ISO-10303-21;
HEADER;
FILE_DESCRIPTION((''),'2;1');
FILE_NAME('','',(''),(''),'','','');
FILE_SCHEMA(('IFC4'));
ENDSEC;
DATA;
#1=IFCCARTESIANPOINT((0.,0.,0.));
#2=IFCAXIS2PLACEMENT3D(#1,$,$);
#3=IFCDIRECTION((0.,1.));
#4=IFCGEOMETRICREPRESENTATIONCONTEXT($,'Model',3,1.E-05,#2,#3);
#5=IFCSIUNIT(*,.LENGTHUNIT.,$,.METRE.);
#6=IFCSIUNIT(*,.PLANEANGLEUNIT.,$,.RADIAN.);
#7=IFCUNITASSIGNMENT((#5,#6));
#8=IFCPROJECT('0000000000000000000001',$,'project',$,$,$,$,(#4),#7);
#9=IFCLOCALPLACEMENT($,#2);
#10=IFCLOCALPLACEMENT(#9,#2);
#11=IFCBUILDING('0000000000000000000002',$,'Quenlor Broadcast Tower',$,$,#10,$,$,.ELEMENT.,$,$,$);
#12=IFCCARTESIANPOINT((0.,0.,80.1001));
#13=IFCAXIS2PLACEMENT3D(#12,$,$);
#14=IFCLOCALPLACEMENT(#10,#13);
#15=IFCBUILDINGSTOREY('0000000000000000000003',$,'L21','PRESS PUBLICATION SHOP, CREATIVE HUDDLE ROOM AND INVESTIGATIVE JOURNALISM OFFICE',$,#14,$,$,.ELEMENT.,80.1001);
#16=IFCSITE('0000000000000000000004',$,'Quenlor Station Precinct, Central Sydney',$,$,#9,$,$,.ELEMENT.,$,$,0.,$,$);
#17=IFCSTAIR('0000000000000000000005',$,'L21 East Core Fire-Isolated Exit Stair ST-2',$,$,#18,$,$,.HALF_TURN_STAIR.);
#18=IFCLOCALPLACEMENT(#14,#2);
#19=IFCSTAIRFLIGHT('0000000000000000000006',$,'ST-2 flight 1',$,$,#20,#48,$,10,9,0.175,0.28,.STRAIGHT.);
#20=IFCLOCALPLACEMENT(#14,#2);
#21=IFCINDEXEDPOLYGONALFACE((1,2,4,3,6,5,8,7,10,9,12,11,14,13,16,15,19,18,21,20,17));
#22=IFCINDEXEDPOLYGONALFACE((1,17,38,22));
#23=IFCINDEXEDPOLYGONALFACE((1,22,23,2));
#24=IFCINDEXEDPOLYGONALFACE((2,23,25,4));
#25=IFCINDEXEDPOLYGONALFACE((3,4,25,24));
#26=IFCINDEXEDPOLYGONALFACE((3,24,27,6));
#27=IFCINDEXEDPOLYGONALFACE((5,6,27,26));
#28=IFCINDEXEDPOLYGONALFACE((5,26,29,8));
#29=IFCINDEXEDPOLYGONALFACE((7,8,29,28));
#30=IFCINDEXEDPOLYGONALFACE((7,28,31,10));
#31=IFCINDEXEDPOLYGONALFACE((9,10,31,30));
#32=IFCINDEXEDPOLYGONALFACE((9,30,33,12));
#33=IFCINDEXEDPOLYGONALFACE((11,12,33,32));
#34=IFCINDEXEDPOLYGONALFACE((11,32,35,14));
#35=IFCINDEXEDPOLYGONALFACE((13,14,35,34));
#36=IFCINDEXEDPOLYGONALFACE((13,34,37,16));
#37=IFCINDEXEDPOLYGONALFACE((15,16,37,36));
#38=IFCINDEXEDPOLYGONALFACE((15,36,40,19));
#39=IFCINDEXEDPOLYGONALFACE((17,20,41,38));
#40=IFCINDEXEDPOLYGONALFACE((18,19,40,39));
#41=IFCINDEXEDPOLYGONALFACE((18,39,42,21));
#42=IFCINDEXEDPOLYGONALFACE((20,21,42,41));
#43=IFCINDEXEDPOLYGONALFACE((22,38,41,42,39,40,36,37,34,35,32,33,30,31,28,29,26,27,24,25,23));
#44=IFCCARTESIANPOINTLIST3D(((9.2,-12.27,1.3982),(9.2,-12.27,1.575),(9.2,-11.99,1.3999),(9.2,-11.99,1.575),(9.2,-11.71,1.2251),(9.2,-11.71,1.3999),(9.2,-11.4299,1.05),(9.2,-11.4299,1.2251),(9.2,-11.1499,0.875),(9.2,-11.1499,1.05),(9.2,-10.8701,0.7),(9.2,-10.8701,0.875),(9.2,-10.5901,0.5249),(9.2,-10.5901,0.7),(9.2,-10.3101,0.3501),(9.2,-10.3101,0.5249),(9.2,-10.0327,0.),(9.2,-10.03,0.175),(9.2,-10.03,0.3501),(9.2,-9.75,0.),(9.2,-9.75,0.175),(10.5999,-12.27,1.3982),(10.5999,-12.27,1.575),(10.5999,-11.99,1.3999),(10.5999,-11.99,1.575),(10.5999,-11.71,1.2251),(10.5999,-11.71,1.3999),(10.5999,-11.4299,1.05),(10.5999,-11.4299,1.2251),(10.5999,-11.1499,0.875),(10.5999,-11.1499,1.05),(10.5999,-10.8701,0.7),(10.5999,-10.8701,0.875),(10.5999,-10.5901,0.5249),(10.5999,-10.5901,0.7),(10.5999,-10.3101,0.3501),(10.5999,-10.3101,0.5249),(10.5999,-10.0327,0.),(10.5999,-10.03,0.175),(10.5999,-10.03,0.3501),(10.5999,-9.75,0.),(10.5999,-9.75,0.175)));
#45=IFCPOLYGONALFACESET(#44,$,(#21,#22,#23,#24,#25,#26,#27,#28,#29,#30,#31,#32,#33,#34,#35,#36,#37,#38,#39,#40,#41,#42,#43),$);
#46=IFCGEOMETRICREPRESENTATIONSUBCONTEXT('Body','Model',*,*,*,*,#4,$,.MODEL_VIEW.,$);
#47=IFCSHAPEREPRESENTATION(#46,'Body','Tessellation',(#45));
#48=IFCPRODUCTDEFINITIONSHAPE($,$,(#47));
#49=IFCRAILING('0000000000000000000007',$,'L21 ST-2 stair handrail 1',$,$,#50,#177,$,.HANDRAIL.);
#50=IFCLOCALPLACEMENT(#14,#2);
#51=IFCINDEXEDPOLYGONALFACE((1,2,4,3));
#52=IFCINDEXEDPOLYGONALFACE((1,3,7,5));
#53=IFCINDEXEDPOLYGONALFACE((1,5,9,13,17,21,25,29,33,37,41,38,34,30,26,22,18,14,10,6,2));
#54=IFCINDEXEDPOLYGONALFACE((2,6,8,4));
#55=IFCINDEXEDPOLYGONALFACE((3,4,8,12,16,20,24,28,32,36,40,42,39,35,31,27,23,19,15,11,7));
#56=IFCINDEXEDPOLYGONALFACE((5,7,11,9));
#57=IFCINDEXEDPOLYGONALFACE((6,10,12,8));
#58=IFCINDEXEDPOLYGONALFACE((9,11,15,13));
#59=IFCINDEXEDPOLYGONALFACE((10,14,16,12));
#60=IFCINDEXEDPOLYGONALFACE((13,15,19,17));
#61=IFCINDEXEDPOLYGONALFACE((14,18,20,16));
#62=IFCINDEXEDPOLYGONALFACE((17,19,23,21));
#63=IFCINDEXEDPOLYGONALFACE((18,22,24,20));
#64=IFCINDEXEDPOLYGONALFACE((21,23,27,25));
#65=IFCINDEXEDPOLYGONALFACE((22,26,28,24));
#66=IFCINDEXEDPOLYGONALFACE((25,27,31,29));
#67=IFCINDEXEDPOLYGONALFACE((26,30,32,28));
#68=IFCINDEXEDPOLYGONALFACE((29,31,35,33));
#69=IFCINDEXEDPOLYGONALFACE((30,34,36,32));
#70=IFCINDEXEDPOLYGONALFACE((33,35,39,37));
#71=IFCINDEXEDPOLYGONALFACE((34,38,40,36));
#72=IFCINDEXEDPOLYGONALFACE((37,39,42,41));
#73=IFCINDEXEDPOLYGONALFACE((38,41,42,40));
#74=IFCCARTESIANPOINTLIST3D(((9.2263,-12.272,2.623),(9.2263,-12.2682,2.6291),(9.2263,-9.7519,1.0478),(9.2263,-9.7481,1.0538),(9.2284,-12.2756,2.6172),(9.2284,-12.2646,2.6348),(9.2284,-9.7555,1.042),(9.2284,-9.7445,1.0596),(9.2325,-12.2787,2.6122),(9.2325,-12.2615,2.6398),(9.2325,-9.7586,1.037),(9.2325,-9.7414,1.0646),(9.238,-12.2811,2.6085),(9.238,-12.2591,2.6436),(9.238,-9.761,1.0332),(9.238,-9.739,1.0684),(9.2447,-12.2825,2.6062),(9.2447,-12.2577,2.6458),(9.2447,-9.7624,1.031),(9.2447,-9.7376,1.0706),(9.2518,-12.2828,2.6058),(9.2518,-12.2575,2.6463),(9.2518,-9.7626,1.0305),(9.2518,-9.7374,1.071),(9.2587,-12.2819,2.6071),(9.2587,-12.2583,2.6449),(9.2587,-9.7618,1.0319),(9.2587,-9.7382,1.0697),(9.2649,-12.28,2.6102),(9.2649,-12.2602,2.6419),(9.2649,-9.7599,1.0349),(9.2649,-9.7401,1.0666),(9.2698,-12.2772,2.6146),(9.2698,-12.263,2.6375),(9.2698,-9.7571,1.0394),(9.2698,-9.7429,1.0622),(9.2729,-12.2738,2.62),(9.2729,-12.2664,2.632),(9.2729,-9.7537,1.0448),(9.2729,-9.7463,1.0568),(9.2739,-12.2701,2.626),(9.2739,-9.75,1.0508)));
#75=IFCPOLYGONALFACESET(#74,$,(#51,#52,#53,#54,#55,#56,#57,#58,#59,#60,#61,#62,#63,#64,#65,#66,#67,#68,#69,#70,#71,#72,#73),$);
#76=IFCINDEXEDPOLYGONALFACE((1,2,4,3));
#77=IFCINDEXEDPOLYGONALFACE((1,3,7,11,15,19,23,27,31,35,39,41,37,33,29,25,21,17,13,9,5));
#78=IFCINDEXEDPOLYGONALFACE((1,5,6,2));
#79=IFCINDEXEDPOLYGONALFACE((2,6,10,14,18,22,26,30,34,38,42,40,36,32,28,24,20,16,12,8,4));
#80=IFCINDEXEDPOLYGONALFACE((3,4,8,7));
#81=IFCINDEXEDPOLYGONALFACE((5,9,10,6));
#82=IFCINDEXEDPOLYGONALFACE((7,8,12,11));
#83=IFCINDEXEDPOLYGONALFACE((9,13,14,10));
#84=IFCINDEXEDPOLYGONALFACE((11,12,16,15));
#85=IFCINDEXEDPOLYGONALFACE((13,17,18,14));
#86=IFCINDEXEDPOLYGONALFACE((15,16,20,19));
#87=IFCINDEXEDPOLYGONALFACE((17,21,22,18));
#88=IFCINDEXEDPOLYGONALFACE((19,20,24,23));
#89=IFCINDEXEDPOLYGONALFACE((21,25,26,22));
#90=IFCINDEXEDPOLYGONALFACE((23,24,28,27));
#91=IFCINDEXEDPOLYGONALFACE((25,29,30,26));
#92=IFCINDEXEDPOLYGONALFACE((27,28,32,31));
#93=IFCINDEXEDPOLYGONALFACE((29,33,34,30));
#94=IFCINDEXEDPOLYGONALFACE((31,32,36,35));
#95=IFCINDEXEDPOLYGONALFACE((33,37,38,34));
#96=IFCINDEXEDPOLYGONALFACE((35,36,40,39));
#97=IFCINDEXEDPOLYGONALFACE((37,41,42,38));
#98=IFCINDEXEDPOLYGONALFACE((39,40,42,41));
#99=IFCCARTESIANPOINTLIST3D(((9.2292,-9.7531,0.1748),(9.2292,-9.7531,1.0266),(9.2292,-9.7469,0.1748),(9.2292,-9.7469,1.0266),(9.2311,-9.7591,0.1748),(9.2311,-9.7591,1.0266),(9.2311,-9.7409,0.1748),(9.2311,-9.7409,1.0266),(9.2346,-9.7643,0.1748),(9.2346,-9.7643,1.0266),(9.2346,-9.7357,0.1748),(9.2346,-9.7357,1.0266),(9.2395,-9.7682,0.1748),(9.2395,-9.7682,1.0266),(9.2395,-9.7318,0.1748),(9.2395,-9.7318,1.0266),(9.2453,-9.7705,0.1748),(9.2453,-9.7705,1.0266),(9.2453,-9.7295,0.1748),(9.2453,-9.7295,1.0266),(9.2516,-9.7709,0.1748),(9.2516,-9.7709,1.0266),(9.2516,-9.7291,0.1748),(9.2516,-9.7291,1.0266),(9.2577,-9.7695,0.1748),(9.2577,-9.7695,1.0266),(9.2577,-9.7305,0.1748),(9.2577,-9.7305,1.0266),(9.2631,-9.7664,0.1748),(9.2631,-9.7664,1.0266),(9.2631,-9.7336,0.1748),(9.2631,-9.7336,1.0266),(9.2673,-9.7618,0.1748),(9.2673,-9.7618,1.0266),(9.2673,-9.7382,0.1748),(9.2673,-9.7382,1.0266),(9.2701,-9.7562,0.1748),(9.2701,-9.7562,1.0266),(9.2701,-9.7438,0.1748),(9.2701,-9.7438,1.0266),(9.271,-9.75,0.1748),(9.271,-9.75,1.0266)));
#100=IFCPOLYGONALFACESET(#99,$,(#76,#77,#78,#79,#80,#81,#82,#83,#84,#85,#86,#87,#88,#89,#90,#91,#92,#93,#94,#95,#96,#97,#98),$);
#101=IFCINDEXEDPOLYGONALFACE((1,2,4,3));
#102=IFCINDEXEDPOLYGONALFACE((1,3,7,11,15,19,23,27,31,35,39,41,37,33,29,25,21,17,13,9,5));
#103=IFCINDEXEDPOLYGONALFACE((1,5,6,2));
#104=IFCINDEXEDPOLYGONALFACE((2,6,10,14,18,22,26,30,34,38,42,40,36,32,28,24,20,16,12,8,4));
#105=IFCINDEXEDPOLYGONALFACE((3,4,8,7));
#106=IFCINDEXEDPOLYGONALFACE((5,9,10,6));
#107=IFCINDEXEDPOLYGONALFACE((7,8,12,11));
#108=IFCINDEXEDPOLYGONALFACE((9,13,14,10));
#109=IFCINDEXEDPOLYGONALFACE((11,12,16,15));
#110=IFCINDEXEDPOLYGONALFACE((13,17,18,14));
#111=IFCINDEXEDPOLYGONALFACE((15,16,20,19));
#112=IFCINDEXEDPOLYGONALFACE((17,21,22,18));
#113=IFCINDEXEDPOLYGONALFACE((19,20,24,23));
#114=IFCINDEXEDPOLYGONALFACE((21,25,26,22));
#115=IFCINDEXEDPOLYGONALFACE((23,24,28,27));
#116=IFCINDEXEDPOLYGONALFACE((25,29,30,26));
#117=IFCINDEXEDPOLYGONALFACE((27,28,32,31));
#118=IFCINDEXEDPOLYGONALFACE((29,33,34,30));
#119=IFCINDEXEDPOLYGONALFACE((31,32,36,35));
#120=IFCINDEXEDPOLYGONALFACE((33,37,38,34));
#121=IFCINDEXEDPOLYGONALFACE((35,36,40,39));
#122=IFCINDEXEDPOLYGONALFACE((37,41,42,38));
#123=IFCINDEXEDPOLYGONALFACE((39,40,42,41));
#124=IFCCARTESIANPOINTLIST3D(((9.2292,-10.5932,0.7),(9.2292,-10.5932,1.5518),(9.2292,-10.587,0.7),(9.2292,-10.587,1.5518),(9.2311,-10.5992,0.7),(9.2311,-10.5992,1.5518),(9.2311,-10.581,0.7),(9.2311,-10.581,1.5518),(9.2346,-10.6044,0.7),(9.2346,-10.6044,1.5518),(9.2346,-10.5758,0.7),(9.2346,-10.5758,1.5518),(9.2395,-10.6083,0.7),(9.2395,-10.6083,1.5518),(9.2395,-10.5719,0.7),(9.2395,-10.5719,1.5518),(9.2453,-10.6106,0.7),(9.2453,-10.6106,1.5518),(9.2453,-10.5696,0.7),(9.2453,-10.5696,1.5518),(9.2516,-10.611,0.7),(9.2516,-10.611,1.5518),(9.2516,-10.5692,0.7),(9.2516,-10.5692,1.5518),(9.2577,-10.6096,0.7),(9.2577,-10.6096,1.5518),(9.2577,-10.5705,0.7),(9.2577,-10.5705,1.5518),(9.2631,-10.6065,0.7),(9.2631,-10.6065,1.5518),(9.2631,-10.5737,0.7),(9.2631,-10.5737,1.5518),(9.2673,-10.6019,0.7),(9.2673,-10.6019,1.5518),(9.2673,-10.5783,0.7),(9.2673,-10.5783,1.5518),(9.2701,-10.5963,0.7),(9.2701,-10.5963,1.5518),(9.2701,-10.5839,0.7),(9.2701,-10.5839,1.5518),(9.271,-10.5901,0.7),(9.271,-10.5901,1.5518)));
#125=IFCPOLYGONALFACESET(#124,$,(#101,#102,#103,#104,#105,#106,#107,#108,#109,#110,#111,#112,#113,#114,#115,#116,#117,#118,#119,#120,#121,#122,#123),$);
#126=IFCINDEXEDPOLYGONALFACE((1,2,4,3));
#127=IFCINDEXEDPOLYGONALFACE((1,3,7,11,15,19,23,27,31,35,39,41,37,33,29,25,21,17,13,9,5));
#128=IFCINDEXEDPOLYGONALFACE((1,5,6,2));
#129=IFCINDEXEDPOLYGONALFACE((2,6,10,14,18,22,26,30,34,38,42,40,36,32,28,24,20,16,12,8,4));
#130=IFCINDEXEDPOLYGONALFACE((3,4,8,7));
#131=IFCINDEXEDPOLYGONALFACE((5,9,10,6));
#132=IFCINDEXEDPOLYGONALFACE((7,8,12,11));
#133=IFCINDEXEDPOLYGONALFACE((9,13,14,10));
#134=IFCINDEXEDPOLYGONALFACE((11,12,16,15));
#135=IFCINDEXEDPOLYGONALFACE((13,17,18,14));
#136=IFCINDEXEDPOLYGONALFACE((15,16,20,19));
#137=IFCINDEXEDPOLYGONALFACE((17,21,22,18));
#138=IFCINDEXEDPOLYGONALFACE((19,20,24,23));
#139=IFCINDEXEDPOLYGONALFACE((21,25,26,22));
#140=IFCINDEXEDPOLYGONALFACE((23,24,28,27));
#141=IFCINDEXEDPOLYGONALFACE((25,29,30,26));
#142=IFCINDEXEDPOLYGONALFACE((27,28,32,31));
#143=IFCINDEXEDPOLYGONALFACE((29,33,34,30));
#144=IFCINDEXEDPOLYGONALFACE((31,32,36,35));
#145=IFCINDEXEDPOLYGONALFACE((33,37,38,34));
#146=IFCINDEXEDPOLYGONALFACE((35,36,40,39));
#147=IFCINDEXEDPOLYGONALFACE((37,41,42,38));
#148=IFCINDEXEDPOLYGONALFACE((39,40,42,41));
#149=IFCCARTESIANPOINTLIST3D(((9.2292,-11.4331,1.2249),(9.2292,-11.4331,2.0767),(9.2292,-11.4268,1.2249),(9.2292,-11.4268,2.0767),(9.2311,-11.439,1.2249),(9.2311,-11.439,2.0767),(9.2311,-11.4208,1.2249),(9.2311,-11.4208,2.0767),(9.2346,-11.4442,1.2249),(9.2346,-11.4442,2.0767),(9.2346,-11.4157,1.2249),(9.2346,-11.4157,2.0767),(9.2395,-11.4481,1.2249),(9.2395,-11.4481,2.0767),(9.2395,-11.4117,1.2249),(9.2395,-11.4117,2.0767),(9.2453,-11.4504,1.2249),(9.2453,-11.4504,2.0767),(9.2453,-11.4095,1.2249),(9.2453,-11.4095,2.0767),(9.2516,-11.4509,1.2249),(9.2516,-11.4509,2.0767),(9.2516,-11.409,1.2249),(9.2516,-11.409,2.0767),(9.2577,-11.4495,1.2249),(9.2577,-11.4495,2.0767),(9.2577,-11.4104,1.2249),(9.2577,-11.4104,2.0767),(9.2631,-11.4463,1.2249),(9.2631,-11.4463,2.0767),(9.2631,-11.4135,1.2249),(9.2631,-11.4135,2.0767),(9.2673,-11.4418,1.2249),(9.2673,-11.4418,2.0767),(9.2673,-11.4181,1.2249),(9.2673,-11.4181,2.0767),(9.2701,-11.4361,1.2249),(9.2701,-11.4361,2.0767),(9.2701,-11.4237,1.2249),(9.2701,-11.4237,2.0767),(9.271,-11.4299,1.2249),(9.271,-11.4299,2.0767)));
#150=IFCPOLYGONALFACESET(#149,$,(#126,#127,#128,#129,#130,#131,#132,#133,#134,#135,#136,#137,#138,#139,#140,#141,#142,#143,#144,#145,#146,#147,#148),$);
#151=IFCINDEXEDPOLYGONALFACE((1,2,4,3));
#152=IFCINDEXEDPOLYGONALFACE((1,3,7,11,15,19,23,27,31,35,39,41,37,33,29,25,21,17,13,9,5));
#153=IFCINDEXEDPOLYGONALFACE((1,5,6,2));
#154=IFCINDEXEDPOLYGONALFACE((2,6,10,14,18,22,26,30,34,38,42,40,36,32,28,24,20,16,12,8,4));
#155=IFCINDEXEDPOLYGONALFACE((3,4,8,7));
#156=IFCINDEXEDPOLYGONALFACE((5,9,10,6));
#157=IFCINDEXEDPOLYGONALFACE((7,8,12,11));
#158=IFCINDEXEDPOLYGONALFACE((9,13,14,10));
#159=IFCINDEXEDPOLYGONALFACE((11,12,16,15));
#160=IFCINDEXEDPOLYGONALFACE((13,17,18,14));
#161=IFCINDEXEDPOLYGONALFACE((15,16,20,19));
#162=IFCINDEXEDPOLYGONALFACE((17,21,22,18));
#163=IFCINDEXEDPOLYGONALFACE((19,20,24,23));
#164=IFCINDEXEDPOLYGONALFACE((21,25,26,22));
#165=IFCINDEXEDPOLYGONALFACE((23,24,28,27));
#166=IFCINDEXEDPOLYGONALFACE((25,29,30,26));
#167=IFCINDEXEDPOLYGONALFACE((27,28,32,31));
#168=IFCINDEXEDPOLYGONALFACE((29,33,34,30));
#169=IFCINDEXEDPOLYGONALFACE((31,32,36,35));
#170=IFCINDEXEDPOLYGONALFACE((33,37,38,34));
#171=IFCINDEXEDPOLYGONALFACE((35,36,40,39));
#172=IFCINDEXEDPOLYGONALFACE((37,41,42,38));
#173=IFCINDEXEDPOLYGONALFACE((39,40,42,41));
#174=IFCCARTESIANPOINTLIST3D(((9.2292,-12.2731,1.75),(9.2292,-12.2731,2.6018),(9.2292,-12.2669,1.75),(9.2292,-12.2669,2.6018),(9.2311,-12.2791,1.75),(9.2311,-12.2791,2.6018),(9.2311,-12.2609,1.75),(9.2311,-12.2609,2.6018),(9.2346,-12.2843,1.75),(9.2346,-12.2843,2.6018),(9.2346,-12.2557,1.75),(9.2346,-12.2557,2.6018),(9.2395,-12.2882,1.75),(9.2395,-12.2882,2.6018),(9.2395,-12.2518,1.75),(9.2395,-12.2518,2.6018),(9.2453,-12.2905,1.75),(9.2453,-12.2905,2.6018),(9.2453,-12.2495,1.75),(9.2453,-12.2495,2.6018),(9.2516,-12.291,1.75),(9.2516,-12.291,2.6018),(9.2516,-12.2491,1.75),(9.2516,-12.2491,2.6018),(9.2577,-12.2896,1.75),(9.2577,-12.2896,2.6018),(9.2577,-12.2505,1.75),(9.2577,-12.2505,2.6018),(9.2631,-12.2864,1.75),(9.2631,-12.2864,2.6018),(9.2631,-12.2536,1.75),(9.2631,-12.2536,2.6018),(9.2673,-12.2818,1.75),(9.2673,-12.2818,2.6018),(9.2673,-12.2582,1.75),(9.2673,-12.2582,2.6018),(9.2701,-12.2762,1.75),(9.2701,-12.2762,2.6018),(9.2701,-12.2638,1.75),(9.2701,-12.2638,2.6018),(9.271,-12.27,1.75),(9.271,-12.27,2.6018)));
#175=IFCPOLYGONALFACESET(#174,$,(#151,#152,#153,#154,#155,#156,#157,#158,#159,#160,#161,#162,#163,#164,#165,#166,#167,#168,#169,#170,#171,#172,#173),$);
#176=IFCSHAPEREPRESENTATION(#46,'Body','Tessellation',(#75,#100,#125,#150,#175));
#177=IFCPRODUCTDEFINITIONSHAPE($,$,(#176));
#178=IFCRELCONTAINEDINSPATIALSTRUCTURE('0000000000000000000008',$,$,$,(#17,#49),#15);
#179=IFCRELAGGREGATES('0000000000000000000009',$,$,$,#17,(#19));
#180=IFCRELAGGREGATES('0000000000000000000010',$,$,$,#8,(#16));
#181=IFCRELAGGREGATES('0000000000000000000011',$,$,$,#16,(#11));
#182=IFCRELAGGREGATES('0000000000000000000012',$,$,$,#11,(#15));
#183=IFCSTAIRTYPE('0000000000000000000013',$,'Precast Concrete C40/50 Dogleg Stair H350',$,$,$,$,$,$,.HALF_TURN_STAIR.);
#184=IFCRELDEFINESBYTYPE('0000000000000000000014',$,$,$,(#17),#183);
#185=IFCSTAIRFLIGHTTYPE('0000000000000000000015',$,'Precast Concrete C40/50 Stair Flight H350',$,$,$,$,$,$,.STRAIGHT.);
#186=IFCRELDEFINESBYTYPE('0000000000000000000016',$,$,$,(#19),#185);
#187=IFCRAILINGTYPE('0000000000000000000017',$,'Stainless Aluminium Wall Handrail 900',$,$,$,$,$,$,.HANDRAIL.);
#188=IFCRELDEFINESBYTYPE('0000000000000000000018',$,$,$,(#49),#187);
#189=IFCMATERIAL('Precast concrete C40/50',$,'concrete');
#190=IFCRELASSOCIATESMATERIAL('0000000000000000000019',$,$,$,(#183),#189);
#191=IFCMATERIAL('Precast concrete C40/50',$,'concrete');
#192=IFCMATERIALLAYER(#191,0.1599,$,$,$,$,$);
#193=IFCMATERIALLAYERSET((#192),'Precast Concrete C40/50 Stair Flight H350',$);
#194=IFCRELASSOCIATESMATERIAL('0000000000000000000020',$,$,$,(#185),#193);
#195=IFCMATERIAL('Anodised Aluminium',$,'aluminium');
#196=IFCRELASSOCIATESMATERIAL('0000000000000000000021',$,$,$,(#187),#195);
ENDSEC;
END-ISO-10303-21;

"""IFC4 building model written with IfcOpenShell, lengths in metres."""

from ifc_helpers import new_model, si_unit, direction, frame, origin, origin_2d, place, context, subcontext, project, spatial, polyline, circle, outline, extrude, material, layer, layer_set, type_object, element, aggregate, save


model = new_model("IFC4")

# Units and contexts
model_context = context("Model", 3, precision=1e-05, world=origin(), true_north=direction((0.0, 1.0)))
body_context = subcontext(model_context, "Body", "Model", "MODEL_VIEW")
ifc_project = project(units=[si_unit("LENGTHUNIT", "METRE"), si_unit("PLANEANGLEUNIT", "RADIAN")], contexts=[model_context])

# Site, building, storey
site_placement = place(None, origin())
site = spatial("IfcSite", under=ifc_project, at=site_placement, Name="Quenlor Station Precinct, Central Sydney", CompositionType="ELEMENT", RefElevation=0.0)
building_placement = place(site_placement, origin())
building = spatial("IfcBuilding", under=site, at=building_placement, Name="Quenlor Broadcast Tower", CompositionType="ELEMENT")
storey_placement = place(building_placement, frame((0.0, 0.0, 80.1001)))
storey = spatial("IfcBuildingStorey", under=building, at=storey_placement, Name="L21", Description="PRESS PUBLICATION SHOP, CREATIVE HUDDLE ROOM AND INVESTIGATIVE JOURNALISM OFFICE", CompositionType="ELEMENT", Elevation=80.1001)

# Stair, stair flight
ifc_material_1 = material(Name="Precast concrete C40/50", Category="concrete")
stair_type = type_object("IfcStairType", Name="Precast Concrete C40/50 Dogleg Stair H350", PredefinedType="HALF_TURN_STAIR", material=ifc_material_1)
stair_placement = place(storey_placement, origin())
stair = element("IfcStair", 1, at=stair_placement, inside=storey, type_object=stair_type, Name="L21 East Core Fire-Isolated Exit Stair ST-2", PredefinedType="HALF_TURN_STAIR")
ifc_material_2 = material(Name="Precast concrete C40/50", Category="concrete")
ifc_layer_1 = layer(ifc_material_2, 0.1599)
ifc_layer_set_1 = layer_set([ifc_layer_1], Name="Precast Concrete C40/50 Stair Flight H350")
stair_flight_type = type_object("IfcStairFlightType", Name="Precast Concrete C40/50 Stair Flight H350", PredefinedType="STRAIGHT", material=ifc_layer_set_1)
stair_flight_placement = place(storey_placement, frame((9.8999, -9.75, 0.0), z_axis=(0.0, 0.0, 1.0), x_axis=(0.0, -1.0, 0.0)))
stair_flight = element("IfcStairFlight", 2, at=stair_flight_placement, type_object=stair_flight_type, Name="ST-2 flight 1", NumberOfRisers=10, NumberOfTreads=9, PredefinedType="STRAIGHT", RiserHeight=0.175, TreadLength=0.28, context=body_context, shape_type="SweptSolid", body=[
    extrude(outline(polyline([(0.0, 0.0), (0.0, 0.175), (0.28, 0.175), (0.28, 0.3501), (0.5601, 0.3501), (0.5601, 0.5249), (0.8401, 0.5249), (0.8401, 0.7), (1.1201, 0.7), (1.1201, 0.875), (1.3999, 0.875), (1.3999, 1.05), (1.6799, 1.05), (1.6799, 1.2251), (1.96, 1.2251), (1.96, 1.3999), (2.24, 1.3999), (2.24, 1.575), (2.52, 1.575), (2.52, 1.75), (2.52, 1.3982), (0.2827, 0.0), (0.0, 0.0)])), frame((0.0, 0.7, 0.0), z_axis=(0.0, -1.0, 0.0), x_axis=(1.0, 0.0, 0.0)), (0.0, 0.0, 1.0), 1.3999),
])
aggregate(stair, [stair_flight])

# Railing
ifc_material_3 = material(Name="Anodised Aluminium", Category="aluminium")
railing_type_1 = type_object("IfcRailingType", Name="Stainless Aluminium Wall Handrail 900", PredefinedType="HANDRAIL", material=ifc_material_3)
railing_1_placement = place(storey_placement, frame((9.25, -9.75, 0.1748)))
element("IfcRailing", 3, at=railing_1_placement, inside=storey, type_object=railing_type_1, Name="L21 ST-2 stair handrail 1", PredefinedType="HANDRAIL", context=body_context, shape_type="SweptSolid", body=[
    extrude(circle(Radius=0.0239, at=origin_2d()), frame((0.0, 0.0, 0.876), z_axis=(0.0, -0.847971, 0.530043), x_axis=(1.0, 0.0, 0.0)), (0.0, 0.0, 1.0), 2.9719),
    extrude(circle(Radius=0.021, at=origin_2d()), origin(), (0.0, 0.0, 1.0), 0.8518),
    extrude(circle(Radius=0.021, at=origin_2d()), frame((0.0, -0.8401, 0.5251)), (0.0, 0.0, 1.0), 0.8518),
    extrude(circle(Radius=0.021, at=origin_2d()), frame((0.0, -1.6799, 1.05)), (0.0, 0.0, 1.0), 0.8518),
    extrude(circle(Radius=0.021, at=origin_2d()), frame((0.0, -2.52, 1.5752)), (0.0, 0.0, 1.0), 0.8518),
])

save(model, "model.ifc")
